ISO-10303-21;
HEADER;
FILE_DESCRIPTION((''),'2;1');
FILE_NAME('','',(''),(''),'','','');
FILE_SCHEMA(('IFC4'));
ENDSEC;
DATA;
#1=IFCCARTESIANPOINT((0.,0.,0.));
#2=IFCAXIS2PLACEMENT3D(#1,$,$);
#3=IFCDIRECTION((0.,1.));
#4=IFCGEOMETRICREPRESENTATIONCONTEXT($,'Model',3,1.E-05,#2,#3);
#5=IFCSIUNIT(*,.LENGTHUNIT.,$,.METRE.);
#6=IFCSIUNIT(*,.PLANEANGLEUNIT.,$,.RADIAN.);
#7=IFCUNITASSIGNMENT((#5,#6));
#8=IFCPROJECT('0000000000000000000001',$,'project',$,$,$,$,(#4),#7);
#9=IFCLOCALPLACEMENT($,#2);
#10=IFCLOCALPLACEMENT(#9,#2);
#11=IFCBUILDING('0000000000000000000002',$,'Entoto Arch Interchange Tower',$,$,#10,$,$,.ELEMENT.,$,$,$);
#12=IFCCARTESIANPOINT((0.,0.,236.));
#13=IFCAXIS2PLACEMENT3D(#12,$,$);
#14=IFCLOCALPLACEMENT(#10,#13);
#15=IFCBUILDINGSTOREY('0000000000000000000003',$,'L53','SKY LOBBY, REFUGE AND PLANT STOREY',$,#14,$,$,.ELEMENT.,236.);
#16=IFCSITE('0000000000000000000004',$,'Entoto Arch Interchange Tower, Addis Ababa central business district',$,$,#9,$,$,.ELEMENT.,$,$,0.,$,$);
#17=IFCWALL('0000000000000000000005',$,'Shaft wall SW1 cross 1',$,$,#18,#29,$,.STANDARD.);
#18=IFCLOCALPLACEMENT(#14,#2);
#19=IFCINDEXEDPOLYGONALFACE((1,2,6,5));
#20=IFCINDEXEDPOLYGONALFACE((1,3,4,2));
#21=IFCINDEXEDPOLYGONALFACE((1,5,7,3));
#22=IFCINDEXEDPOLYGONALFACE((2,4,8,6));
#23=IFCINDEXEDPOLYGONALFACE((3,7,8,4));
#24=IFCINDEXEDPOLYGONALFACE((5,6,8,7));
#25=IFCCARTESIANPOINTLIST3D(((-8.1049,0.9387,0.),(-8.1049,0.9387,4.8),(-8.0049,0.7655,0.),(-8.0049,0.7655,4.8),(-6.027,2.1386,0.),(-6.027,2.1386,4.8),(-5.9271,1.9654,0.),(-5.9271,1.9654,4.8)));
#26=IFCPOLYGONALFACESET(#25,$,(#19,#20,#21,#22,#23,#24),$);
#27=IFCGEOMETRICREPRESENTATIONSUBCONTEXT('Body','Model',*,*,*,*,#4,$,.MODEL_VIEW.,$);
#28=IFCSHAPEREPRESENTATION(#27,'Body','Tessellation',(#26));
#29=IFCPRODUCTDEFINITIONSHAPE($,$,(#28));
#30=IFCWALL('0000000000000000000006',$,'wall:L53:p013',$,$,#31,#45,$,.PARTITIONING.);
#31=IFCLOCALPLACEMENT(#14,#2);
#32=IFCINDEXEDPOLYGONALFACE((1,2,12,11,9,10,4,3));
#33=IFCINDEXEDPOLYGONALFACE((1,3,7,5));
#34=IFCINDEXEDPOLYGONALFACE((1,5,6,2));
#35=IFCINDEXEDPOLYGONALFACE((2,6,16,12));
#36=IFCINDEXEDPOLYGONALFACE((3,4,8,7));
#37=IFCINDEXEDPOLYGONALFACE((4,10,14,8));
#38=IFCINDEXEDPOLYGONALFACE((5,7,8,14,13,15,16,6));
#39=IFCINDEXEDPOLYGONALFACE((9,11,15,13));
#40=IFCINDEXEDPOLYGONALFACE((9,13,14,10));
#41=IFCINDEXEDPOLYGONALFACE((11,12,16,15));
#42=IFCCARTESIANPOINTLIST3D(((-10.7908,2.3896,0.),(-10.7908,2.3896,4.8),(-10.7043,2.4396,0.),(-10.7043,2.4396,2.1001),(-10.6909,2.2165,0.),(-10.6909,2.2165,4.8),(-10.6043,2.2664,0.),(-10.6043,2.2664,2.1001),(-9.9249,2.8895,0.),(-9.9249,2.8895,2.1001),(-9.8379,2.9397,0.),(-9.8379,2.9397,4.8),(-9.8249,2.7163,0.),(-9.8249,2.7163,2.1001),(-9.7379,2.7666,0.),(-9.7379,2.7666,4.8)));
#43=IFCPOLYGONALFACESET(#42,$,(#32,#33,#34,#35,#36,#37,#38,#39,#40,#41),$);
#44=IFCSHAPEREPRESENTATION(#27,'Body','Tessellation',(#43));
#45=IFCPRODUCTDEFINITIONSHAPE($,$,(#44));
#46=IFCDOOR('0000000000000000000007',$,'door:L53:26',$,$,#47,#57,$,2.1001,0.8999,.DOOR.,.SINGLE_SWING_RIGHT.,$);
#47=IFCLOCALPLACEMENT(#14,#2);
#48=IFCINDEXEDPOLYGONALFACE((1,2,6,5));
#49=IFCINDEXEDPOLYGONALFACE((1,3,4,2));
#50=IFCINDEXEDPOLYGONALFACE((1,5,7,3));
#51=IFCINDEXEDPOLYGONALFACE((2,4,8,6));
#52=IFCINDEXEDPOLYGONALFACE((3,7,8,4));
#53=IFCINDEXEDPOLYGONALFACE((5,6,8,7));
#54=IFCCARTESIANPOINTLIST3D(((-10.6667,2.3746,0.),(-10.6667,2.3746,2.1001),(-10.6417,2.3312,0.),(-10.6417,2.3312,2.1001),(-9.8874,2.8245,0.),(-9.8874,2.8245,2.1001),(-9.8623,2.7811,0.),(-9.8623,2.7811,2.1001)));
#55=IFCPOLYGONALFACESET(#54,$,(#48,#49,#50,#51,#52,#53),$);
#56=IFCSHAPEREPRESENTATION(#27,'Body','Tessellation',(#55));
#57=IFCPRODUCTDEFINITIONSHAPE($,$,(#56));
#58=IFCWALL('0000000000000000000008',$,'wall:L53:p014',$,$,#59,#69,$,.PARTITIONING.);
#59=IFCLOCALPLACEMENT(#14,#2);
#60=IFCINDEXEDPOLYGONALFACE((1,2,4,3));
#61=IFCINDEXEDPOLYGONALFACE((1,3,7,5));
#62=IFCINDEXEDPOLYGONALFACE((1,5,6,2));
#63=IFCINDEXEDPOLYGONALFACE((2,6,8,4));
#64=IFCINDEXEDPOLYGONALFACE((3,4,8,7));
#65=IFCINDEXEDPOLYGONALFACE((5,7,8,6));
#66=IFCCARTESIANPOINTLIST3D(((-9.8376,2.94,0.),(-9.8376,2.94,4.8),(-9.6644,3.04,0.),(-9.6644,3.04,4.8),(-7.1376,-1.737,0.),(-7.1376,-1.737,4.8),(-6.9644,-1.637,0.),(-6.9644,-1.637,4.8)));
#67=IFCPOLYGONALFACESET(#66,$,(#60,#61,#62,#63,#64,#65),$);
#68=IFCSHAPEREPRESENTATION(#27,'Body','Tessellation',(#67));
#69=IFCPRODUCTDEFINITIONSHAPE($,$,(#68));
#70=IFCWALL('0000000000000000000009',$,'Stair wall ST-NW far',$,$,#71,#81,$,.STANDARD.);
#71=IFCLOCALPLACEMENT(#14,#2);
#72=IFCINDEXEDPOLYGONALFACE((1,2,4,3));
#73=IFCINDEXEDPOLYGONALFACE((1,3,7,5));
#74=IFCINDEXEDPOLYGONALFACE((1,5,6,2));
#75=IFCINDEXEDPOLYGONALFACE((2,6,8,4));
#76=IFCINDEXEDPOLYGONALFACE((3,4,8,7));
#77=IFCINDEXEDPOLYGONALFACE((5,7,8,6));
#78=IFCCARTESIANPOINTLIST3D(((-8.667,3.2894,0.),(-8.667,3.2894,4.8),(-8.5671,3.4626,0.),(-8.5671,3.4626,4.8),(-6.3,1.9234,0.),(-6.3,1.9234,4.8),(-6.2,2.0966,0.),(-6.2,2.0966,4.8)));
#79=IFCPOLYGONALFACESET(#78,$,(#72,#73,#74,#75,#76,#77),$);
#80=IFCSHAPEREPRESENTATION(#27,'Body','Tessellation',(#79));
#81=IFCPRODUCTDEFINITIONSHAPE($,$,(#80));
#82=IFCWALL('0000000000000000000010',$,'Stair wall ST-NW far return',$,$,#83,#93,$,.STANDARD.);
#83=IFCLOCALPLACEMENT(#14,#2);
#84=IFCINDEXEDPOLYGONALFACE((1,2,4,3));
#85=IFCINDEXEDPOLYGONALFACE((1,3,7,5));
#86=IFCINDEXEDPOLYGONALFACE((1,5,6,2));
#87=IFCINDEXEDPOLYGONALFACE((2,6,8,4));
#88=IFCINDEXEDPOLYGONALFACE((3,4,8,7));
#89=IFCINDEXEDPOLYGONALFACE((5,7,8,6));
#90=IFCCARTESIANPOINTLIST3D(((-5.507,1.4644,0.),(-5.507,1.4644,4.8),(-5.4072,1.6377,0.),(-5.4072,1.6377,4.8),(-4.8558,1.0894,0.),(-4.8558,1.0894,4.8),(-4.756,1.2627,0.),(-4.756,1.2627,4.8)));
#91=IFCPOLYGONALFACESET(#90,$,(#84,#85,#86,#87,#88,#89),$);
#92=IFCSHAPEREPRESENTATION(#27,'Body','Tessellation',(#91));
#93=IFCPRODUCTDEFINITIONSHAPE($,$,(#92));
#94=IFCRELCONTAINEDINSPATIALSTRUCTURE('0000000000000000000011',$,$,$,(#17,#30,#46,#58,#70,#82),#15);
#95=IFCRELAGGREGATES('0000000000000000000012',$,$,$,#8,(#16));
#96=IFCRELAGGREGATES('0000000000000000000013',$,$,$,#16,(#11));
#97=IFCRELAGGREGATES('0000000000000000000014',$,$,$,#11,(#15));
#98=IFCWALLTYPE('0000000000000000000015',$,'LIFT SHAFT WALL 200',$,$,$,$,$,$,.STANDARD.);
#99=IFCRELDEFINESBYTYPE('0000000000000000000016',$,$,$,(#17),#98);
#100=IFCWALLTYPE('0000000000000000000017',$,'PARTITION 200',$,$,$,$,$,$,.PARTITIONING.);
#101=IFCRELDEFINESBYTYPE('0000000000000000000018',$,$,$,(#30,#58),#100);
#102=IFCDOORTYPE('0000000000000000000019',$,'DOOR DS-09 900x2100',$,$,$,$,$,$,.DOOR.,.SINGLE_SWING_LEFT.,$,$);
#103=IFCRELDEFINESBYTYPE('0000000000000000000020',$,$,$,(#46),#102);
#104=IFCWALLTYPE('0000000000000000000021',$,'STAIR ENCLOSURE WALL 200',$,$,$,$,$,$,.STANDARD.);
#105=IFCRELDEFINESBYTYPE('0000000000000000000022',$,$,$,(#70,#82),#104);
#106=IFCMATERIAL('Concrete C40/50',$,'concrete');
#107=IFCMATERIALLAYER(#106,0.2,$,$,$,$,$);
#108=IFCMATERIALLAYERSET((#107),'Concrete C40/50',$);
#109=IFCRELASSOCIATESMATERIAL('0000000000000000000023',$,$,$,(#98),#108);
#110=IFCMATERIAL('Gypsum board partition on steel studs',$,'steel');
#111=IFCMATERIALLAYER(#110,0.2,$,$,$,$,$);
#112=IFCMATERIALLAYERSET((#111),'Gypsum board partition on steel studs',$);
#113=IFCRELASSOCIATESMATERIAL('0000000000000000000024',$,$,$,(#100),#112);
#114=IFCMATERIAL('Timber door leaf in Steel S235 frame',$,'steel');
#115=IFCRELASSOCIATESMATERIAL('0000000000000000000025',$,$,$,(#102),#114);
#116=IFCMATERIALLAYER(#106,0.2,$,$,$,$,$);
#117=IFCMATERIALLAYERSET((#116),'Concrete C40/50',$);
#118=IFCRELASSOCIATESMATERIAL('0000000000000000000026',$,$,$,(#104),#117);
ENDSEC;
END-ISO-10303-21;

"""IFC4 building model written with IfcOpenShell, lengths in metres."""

from ifc_helpers import new_model, si_unit, direction, frame, frame_2d, origin, place, context, subcontext, project, spatial, rectangle, extrude, material, layer, layer_set, type_object, element, fill, save


model = new_model("IFC4")

# Units and contexts
model_context = context("Model", 3, precision=1e-05, world=origin(), true_north=direction((0.0, 1.0)))
body_context = subcontext(model_context, "Body", "Model", "MODEL_VIEW")
ifc_project = project(units=[si_unit("LENGTHUNIT", "METRE"), si_unit("PLANEANGLEUNIT", "RADIAN")], contexts=[model_context])

# Site, building, storey
site_placement = place(None, origin())
site = spatial("IfcSite", under=ifc_project, at=site_placement, Name="Entoto Arch Interchange Tower, Addis Ababa central business district", CompositionType="ELEMENT", RefElevation=0.0)
building_placement = place(site_placement, origin())
building = spatial("IfcBuilding", under=site, at=building_placement, Name="Entoto Arch Interchange Tower", CompositionType="ELEMENT")
storey_placement = place(building_placement, frame((0.0, 0.0, 236.0)))
storey = spatial("IfcBuildingStorey", under=building, at=storey_placement, Name="L53", Description="SKY LOBBY, REFUGE AND PLANT STOREY", CompositionType="ELEMENT", Elevation=236.0)

# Shared definitions
ifc_material_1 = material(Name="Concrete C40/50", Category="concrete")
ifc_layer_1 = layer(ifc_material_1, 0.2)
ifc_layer_set_1 = layer_set([ifc_layer_1], Name="Concrete C40/50")
wall_type_1 = type_object("IfcWallType", Name="LIFT SHAFT WALL 200", PredefinedType="STANDARD", material=ifc_layer_set_1)

# Wall
wall_1_placement = place(storey_placement, frame((-5.9771, 2.052, 0.0), z_axis=(0.0, 0.0, 1.0), x_axis=(-0.865974, -0.500089, 0.0)))
element("IfcWall", 1, at=wall_1_placement, inside=storey, type_object=wall_type_1, Name="Shaft wall SW1 cross 1", PredefinedType="STANDARD", context=body_context, shape_type="SweptSolid", body=[
    extrude(rectangle(XDim=2.3994, YDim=0.2, at=frame_2d((1.1997, 0.0))), origin(), (0.0, 0.0, 1.0), 4.8),
])

# Wall, opening, door
ifc_material_2 = material(Name="Gypsum board partition on steel studs", Category="steel")
ifc_layer_2 = layer(ifc_material_2, 0.2)
ifc_layer_set_2 = layer_set([ifc_layer_2], Name="Gypsum board partition on steel studs")
wall_type_2 = type_object("IfcWallType", Name="PARTITION 200", PredefinedType="PARTITIONING", material=ifc_layer_set_2)
wall_2_placement = place(storey_placement, frame((-10.741, 2.303, 0.0), z_axis=(0.0, 0.0, 1.0), x_axis=(0.866064, 0.499934, 0.0)))
wall_2 = element("IfcWall", 2, at=wall_2_placement, inside=storey, type_object=wall_type_2, Name="wall:L53:p013", PredefinedType="PARTITIONING", context=body_context, shape_type="SweptSolid", body=[
    extrude(rectangle(XDim=1.1003, YDim=0.2, at=frame_2d((0.5503, 0.0))), origin(), (0.0, 0.0, 1.0), 4.8),
])
opening_1_placement = place(wall_2_placement, frame((0.1001, 0.0, 0.0)))
opening_1 = element("IfcOpeningElement", 3, at=opening_1_placement, cuts=wall_2, PredefinedType="OPENING", context=body_context, shape_type="SweptSolid", body=[
    extrude(rectangle(XDim=0.8999, YDim=2.1001, at=frame_2d((0.45, 1.05))), frame((0.0, 0.1099, 0.0), z_axis=(0.0, -1.0, 0.0), x_axis=(1.0, 0.0, 0.0)), (0.0, 0.0, 1.0), 0.22),
])
ifc_material_3 = material(Name="Timber door leaf in Steel S235 frame", Category="steel")
door_type_1 = type_object("IfcDoorType", Name="DOOR DS-09 900x2100", OperationType="SINGLE_SWING_LEFT", PredefinedType="DOOR", material=ifc_material_3)
door_1_placement = place(opening_1_placement, origin())
door_1 = element("IfcDoor", 4, at=door_1_placement, inside=storey, type_object=door_type_1, Name="door:L53:26", OperationType="SINGLE_SWING_RIGHT", OverallHeight=2.1001, OverallWidth=0.8999, PredefinedType="DOOR", context=body_context, shape_type="SweptSolid", body=[
    extrude(rectangle(XDim=0.8999, YDim=2.1001, at=frame_2d((0.45, 1.05))), frame((0.0, 0.0249, 0.0), z_axis=(0.0, -1.0, 0.0), x_axis=(1.0, 0.0, 0.0)), (0.0, 0.0, 1.0), 0.05),
])
fill(opening_1, door_1)

# Walls
wall_3_placement = place(storey_placement, frame((-9.751, 2.99, 0.0), z_axis=(0.0, 0.0, 1.0), x_axis=(0.499956, -0.866051, 0.0)))
element("IfcWall", 5, at=wall_3_placement, inside=storey, type_object=wall_type_2, Name="wall:L53:p014", PredefinedType="PARTITIONING", context=body_context, shape_type="SweptSolid", body=[
    extrude(rectangle(XDim=5.4004, YDim=0.2, at=frame_2d((2.7002, 0.0))), origin(), (0.0, 0.0, 1.0), 4.8),
])
ifc_layer_3 = layer(ifc_material_1, 0.2)
ifc_layer_set_3 = layer_set([ifc_layer_3], Name="Concrete C40/50")
wall_type_3 = type_object("IfcWallType", Name="STAIR ENCLOSURE WALL 200", PredefinedType="STANDARD", material=ifc_layer_set_3)
wall_4_placement = place(storey_placement, frame((-6.25, 2.01, 0.0), z_axis=(0.0, 0.0, 1.0), x_axis=(-0.866119, 0.499838, 0.0)))
element("IfcWall", 6, at=wall_4_placement, inside=storey, type_object=wall_type_3, Name="Stair wall ST-NW far", PredefinedType="STANDARD", context=body_context, shape_type="SweptSolid", body=[
    extrude(rectangle(XDim=2.7329, YDim=0.2, at=frame_2d((1.3665, 0.0))), origin(), (0.0, 0.0, 1.0), 4.8),
])
wall_5_placement = place(storey_placement, frame((-4.8059, 1.176, 0.0), z_axis=(0.0, 0.0, 1.0), x_axis=(-0.866559, 0.499075, 0.0)))
element("IfcWall", 7, at=wall_5_placement, inside=storey, type_object=wall_type_3, Name="Stair wall ST-NW far return", PredefinedType="STANDARD", context=body_context, shape_type="SweptSolid", body=[
    extrude(rectangle(XDim=0.7515, YDim=0.2, at=frame_2d((0.3757, 0.0))), origin(), (0.0, 0.0, 1.0), 4.8),
])

save(model, "model.ifc")
